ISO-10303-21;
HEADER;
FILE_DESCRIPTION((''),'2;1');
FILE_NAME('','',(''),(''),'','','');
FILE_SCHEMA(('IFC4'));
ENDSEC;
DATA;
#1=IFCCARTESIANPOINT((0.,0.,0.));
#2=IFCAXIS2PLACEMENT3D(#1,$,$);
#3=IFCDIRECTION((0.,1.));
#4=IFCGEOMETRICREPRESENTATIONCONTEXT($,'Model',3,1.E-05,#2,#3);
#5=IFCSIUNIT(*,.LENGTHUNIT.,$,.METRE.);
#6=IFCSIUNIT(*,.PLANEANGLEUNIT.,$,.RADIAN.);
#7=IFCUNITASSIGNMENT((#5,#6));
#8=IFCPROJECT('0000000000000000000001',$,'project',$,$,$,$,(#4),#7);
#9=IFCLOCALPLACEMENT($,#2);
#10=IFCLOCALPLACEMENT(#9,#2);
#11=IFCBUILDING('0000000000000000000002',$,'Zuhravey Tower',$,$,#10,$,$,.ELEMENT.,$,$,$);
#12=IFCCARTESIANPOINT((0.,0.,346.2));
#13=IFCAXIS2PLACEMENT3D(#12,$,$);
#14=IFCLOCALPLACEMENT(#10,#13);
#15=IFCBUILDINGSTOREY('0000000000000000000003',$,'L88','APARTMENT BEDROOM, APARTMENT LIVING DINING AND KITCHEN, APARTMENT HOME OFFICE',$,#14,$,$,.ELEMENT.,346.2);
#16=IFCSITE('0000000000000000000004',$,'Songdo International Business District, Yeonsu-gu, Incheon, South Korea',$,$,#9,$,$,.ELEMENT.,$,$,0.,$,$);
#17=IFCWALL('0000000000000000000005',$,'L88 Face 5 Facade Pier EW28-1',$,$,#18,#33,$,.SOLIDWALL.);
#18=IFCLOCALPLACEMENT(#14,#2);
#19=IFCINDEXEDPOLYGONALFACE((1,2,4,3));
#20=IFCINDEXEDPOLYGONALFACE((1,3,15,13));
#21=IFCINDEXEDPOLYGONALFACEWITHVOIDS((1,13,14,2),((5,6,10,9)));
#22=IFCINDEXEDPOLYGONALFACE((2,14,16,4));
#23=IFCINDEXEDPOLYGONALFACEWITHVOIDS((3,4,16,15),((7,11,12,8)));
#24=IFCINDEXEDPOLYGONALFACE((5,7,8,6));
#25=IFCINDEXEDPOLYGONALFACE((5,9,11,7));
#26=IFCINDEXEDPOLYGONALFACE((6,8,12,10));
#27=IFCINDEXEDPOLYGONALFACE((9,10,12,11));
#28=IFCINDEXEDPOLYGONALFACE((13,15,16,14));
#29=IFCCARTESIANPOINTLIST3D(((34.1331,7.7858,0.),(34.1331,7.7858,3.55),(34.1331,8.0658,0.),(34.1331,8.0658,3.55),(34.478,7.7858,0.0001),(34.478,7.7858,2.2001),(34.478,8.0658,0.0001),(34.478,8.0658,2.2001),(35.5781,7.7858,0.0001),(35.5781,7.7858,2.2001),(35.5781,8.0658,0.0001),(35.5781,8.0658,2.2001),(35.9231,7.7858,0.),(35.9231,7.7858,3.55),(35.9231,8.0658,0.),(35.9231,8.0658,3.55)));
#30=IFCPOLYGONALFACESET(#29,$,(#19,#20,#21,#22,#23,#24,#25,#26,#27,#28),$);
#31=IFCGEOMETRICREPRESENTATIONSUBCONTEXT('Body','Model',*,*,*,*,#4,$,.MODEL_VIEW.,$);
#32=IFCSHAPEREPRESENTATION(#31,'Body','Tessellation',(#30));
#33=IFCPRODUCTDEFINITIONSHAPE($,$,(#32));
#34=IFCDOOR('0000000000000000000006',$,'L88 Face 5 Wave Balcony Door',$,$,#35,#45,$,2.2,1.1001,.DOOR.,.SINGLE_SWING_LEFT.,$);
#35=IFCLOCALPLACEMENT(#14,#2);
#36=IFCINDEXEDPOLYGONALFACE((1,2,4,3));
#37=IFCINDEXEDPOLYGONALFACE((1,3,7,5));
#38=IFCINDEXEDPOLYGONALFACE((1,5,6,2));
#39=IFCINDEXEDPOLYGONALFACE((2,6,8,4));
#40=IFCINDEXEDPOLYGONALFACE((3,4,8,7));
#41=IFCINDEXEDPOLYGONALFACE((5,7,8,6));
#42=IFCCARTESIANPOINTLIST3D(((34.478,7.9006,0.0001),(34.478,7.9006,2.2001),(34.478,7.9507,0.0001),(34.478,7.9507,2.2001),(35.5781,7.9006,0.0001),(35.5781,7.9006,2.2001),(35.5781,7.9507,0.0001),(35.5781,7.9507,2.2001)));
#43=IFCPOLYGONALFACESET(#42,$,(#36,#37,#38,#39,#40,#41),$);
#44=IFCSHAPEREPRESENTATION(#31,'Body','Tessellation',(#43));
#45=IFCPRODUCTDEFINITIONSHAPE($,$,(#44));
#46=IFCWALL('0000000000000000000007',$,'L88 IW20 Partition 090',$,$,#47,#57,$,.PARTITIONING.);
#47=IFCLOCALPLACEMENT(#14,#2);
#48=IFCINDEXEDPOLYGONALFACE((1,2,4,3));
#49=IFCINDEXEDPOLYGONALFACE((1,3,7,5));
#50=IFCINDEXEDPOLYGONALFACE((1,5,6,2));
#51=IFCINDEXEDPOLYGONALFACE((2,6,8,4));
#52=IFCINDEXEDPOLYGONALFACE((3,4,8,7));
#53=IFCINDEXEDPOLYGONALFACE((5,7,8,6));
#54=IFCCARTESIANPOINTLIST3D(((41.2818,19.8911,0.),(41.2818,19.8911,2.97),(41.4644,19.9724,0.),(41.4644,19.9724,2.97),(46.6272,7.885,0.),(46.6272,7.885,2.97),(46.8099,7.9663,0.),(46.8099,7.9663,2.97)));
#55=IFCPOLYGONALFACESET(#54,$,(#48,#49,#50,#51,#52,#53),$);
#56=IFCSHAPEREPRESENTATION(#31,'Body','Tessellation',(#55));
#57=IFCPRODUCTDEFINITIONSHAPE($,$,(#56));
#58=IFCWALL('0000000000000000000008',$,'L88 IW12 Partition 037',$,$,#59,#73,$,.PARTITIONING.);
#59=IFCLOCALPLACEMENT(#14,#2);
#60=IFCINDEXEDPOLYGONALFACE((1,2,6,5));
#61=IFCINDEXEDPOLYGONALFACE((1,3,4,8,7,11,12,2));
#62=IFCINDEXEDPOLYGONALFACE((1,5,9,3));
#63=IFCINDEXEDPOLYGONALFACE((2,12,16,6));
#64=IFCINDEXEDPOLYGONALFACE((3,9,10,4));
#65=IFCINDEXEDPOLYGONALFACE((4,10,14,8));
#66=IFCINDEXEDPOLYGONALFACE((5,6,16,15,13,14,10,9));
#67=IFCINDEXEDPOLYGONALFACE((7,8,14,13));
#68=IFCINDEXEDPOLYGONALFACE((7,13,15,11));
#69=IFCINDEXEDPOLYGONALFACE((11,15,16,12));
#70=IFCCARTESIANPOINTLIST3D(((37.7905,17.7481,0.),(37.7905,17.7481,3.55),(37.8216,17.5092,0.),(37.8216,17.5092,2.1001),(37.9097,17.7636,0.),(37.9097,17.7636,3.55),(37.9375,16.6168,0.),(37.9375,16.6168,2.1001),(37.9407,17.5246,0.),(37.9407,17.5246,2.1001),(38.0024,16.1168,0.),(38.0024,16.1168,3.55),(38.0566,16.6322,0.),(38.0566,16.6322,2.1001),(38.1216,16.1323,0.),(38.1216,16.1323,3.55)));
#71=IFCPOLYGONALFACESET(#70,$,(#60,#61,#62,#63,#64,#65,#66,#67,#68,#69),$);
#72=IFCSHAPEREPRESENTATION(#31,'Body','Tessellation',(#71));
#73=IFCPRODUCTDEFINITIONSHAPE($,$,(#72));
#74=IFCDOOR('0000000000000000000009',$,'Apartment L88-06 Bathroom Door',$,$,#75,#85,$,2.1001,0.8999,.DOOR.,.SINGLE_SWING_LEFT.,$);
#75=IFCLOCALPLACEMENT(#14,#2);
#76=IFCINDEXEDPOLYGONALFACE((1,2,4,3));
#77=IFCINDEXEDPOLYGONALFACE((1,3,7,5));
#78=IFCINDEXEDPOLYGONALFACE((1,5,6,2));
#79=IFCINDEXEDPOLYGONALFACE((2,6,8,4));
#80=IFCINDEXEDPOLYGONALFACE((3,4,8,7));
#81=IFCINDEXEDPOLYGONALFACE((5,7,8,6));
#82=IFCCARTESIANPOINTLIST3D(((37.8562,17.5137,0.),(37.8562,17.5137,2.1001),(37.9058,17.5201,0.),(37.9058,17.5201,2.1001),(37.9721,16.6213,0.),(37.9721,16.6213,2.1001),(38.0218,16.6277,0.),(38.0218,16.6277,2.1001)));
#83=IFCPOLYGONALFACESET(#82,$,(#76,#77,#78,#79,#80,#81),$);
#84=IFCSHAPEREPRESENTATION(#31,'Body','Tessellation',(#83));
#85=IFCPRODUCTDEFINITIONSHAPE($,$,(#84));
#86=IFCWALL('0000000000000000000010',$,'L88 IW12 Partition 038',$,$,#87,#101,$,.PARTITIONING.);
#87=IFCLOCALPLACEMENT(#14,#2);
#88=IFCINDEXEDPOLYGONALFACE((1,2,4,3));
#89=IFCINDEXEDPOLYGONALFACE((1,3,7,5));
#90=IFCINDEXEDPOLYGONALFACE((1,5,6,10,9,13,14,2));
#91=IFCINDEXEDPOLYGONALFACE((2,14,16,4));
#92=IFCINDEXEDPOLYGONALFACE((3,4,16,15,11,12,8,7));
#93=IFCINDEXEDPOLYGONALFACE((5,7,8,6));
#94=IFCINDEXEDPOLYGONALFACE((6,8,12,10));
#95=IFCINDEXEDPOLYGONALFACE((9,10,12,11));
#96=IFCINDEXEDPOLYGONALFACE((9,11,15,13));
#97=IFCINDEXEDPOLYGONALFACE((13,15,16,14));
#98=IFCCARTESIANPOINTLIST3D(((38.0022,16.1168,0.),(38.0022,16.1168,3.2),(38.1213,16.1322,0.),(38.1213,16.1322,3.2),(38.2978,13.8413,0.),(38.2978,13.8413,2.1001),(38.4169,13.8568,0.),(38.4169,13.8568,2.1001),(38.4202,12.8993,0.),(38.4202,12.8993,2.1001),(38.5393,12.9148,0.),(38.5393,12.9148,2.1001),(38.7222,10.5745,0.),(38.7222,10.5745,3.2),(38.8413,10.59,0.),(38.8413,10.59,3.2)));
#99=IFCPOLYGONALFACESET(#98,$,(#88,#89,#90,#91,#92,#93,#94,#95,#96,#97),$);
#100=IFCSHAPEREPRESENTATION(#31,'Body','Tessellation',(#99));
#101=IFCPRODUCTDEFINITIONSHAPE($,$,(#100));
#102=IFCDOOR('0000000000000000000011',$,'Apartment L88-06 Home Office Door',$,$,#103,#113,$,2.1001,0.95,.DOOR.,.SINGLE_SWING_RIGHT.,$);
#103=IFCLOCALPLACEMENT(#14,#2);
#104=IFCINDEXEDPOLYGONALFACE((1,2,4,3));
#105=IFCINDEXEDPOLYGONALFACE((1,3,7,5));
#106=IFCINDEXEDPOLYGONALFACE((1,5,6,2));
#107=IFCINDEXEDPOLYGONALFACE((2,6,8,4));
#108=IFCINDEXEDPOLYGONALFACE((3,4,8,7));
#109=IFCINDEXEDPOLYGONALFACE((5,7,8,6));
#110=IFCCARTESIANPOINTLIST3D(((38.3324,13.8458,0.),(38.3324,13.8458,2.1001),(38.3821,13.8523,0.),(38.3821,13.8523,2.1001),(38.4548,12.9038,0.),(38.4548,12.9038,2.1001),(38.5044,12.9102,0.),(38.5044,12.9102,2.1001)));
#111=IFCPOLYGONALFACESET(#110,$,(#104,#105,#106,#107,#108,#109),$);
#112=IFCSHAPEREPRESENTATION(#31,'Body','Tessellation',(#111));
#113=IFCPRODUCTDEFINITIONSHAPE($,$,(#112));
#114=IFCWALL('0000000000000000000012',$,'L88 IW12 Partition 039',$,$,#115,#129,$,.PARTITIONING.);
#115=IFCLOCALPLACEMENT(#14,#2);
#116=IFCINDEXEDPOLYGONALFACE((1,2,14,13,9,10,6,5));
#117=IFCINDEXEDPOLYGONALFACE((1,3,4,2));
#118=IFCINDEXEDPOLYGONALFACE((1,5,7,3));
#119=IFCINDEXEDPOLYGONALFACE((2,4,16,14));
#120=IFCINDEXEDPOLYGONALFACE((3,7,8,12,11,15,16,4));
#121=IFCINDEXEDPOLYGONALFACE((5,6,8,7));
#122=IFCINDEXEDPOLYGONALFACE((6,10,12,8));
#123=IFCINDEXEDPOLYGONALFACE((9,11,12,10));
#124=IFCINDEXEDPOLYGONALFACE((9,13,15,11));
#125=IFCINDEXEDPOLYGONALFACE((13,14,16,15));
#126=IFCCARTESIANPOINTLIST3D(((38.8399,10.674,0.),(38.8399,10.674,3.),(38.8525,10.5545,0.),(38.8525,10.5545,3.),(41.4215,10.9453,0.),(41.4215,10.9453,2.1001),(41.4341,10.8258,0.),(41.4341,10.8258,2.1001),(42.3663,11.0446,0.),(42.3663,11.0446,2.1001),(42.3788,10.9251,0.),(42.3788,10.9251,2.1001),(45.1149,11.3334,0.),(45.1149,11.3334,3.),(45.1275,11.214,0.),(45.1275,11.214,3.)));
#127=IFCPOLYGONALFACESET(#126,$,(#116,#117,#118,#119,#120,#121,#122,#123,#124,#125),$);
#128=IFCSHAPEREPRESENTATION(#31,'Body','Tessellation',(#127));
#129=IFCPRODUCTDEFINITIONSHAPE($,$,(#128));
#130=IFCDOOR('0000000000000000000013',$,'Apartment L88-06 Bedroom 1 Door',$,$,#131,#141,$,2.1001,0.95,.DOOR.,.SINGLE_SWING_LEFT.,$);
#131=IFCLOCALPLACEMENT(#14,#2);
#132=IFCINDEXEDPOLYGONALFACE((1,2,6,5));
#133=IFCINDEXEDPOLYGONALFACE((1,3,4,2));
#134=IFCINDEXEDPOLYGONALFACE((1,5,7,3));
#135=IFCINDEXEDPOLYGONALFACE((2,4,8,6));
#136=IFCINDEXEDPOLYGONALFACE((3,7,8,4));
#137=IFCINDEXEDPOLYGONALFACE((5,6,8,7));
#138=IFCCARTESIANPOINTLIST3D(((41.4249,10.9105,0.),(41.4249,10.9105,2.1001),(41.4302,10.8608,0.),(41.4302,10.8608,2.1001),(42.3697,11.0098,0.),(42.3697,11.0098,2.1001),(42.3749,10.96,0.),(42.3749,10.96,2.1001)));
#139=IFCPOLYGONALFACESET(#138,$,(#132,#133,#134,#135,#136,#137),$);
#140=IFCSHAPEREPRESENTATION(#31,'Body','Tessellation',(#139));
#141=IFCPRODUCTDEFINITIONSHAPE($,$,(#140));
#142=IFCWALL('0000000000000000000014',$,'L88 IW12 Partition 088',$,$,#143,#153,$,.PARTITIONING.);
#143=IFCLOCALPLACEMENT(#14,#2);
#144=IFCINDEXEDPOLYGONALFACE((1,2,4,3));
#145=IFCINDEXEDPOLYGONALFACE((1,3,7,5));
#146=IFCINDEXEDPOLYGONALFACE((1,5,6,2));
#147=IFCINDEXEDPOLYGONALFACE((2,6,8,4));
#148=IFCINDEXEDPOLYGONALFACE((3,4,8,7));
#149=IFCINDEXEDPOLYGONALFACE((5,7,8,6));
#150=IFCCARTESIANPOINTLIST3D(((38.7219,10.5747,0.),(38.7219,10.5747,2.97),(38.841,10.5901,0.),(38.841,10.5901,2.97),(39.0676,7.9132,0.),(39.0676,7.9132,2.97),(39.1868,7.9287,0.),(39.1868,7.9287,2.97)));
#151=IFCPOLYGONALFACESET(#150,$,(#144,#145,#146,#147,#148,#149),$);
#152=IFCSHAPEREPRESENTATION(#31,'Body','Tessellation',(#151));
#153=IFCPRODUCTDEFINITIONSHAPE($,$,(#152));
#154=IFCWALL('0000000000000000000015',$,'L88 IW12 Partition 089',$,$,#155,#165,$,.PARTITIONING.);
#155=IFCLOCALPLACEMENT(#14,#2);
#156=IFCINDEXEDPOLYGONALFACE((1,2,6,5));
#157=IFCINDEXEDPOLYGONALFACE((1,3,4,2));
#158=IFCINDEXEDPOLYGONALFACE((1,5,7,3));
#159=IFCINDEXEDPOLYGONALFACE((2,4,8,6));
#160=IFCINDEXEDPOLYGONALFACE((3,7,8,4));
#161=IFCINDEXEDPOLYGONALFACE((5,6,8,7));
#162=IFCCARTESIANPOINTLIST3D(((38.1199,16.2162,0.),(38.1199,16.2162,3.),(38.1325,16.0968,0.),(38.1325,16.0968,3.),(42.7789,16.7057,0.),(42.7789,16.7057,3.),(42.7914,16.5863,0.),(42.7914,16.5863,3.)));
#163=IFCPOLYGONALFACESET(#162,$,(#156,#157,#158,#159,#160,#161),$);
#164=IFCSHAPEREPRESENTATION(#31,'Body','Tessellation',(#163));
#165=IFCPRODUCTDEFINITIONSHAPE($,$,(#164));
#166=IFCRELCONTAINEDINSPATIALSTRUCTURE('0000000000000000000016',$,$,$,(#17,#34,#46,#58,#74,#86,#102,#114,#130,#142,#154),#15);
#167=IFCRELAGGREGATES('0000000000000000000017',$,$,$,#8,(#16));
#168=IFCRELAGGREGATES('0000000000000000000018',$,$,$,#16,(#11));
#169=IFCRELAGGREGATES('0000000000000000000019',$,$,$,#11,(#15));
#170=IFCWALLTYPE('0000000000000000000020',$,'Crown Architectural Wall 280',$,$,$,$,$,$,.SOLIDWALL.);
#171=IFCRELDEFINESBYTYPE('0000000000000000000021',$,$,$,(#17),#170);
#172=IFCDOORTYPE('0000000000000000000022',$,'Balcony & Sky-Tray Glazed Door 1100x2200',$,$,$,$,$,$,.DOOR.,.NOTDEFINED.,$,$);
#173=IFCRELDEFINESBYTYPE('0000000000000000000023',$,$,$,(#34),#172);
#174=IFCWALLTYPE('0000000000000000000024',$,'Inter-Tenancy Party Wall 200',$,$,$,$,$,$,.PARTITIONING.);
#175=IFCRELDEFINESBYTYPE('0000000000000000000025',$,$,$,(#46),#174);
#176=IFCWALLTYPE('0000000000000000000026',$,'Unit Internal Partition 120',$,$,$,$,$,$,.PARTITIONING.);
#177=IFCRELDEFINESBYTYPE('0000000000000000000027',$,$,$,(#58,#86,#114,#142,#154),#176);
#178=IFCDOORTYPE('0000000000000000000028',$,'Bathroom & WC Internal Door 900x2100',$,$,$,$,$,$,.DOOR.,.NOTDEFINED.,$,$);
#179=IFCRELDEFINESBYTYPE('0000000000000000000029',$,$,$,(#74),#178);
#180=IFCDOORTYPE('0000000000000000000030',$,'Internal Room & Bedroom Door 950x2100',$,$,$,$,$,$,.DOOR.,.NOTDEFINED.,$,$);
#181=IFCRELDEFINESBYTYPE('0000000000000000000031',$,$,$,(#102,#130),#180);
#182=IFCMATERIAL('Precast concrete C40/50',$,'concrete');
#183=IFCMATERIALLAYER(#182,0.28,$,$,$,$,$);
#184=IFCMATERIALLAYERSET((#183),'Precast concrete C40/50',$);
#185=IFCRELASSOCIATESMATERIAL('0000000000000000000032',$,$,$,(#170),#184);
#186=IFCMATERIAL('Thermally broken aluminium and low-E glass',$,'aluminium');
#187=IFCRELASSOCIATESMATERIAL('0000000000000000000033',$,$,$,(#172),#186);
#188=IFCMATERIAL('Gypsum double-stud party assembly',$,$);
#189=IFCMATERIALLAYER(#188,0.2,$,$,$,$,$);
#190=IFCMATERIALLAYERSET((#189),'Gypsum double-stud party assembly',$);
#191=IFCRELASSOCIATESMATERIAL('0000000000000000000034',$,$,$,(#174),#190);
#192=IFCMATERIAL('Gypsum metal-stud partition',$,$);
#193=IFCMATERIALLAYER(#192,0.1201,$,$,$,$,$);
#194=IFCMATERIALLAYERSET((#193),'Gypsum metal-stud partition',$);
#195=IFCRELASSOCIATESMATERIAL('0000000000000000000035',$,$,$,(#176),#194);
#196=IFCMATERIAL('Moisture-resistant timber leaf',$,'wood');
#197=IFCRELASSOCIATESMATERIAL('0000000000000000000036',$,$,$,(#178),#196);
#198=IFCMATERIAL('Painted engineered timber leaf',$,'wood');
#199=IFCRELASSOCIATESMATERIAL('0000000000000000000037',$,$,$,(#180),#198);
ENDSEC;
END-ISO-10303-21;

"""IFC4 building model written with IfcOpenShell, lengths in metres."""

from ifc_helpers import new_model, si_unit, direction, frame, frame_2d, origin, place, context, subcontext, project, spatial, rectangle, extrude, material, layer, layer_set, type_object, element, fill, save


model = new_model("IFC4")

# Units and contexts
model_context = context("Model", 3, precision=1e-05, world=origin(), true_north=direction((0.0, 1.0)))
body_context = subcontext(model_context, "Body", "Model", "MODEL_VIEW")
ifc_project = project(units=[si_unit("LENGTHUNIT", "METRE"), si_unit("PLANEANGLEUNIT", "RADIAN")], contexts=[model_context])

# Site, building, storey
site_placement = place(None, origin())
site = spatial("IfcSite", under=ifc_project, at=site_placement, Name="Songdo International Business District, Yeonsu-gu, Incheon, South Korea", CompositionType="ELEMENT", RefElevation=0.0)
building_placement = place(site_placement, origin())
building = spatial("IfcBuilding", under=site, at=building_placement, Name="Zuhravey Tower", CompositionType="ELEMENT")
storey_placement = place(building_placement, frame((0.0, 0.0, 346.2)))
storey = spatial("IfcBuildingStorey", under=building, at=storey_placement, Name="L88", Description="APARTMENT BEDROOM, APARTMENT LIVING DINING AND KITCHEN, APARTMENT HOME OFFICE", CompositionType="ELEMENT", Elevation=346.2)

# Wall, opening, door
ifc_material_1 = material(Name="Precast concrete C40/50", Category="concrete")
ifc_layer_1 = layer(ifc_material_1, 0.28)
ifc_layer_set_1 = layer_set([ifc_layer_1], Name="Precast concrete C40/50")
wall_type_1 = type_object("IfcWallType", Name="Crown Architectural Wall 280", PredefinedType="SOLIDWALL", material=ifc_layer_set_1)
wall_1_placement = place(storey_placement, frame((35.9231, 7.9258, 0.0), z_axis=(0.0, 0.0, 1.0), x_axis=(-1.0, 0.0, 0.0)))
wall_1 = element("IfcWall", 1, at=wall_1_placement, inside=storey, type_object=wall_type_1, Name="L88 Face 5 Facade Pier EW28-1", PredefinedType="SOLIDWALL", context=body_context, shape_type="SweptSolid", body=[
    extrude(rectangle(XDim=1.79, YDim=0.28, at=frame_2d((0.895, 0.0))), origin(), (0.0, 0.0, 1.0), 3.55),
])
opening_1_placement = place(wall_1_placement, frame((0.345, 0.0, 0.0)))
opening_1 = element("IfcOpeningElement", 2, at=opening_1_placement, cuts=wall_1, PredefinedType="OPENING", context=body_context, shape_type="SweptSolid", body=[
    extrude(rectangle(XDim=1.1001, YDim=2.2, at=frame_2d((0.55, 1.1001))), frame((0.0, 0.1521, 0.0), z_axis=(0.0, -1.0, 0.0), x_axis=(1.0, 0.0, 0.0)), (0.0, 0.0, 1.0), 0.304),
])
ifc_material_2 = material(Name="Thermally broken aluminium and low-E glass", Category="aluminium")
door_type_1 = type_object("IfcDoorType", Name="Balcony & Sky-Tray Glazed Door 1100x2200", OperationType="NOTDEFINED", PredefinedType="DOOR", material=ifc_material_2)
door_1_placement = place(opening_1_placement, frame((1.1001, 0.0, 0.0), z_axis=(0.0, 0.0, 1.0), x_axis=(-1.0, 0.0, 0.0)))
door_1 = element("IfcDoor", 3, at=door_1_placement, inside=storey, type_object=door_type_1, Name="L88 Face 5 Wave Balcony Door", OperationType="SINGLE_SWING_LEFT", OverallHeight=2.2, OverallWidth=1.1001, PredefinedType="DOOR", context=body_context, shape_type="SweptSolid", body=[
    extrude(rectangle(XDim=1.1001, YDim=2.2, at=frame_2d((0.55, 1.1001))), frame((0.0, 0.0249, 0.0), z_axis=(0.0, -1.0, 0.0), x_axis=(1.0, 0.0, 0.0)), (0.0, 0.0, 1.0), 0.05),
])
fill(opening_1, door_1)

# Wall
ifc_material_3 = material(Name="Gypsum double-stud party assembly")
ifc_layer_2 = layer(ifc_material_3, 0.2)
ifc_layer_set_2 = layer_set([ifc_layer_2], Name="Gypsum double-stud party assembly")
wall_type_2 = type_object("IfcWallType", Name="Inter-Tenancy Party Wall 200", PredefinedType="PARTITIONING", material=ifc_layer_set_2)
wall_2_placement = place(storey_placement, frame((41.373, 19.9319, 0.0), z_axis=(0.0, 0.0, 1.0), x_axis=(0.406736, -0.913546, 0.0)))
element("IfcWall", 4, at=wall_2_placement, inside=storey, type_object=wall_type_2, Name="L88 IW20 Partition 090", PredefinedType="PARTITIONING", context=body_context, shape_type="SweptSolid", body=[
    extrude(rectangle(XDim=13.1423, YDim=0.2, at=frame_2d((6.5713, 0.0))), origin(), (0.0, 0.0, 1.0), 2.97),
])

# Walls, openings, doors
ifc_material_4 = material(Name="Gypsum metal-stud partition")
ifc_layer_3 = layer(ifc_material_4, 0.1201)
ifc_layer_set_3 = layer_set([ifc_layer_3], Name="Gypsum metal-stud partition")
wall_type_3 = type_object("IfcWallType", Name="Unit Internal Partition 120", PredefinedType="PARTITIONING", material=ifc_layer_set_3)
wall_3_placement = place(storey_placement, frame((37.8501, 17.7559, 0.0), z_axis=(0.0, 0.0, 1.0), x_axis=(0.128819, -0.991668, 0.0)))
wall_3 = element("IfcWall", 5, at=wall_3_placement, inside=storey, type_object=wall_type_3, Name="L88 IW12 Partition 037", PredefinedType="PARTITIONING", context=body_context, shape_type="SweptSolid", body=[
    extrude(rectangle(XDim=1.645, YDim=0.1201, at=frame_2d((0.8225, 0.0))), origin(), (0.0, 0.0, 1.0), 3.55),
])
opening_2_placement = place(wall_3_placement, frame((0.241, 0.0, 0.0)))
opening_2 = element("IfcOpeningElement", 6, at=opening_2_placement, cuts=wall_3, PredefinedType="OPENING", context=body_context, shape_type="SweptSolid", body=[
    extrude(rectangle(XDim=0.8999, YDim=2.1001, at=frame_2d((0.45, 1.05))), frame((0.0, 0.072, 0.0), z_axis=(0.0, -1.0, 0.0), x_axis=(1.0, 0.0, 0.0)), (0.0, 0.0, 1.0), 0.144),
])
ifc_material_5 = material(Name="Moisture-resistant timber leaf", Category="wood")
door_type_2 = type_object("IfcDoorType", Name="Bathroom & WC Internal Door 900x2100", OperationType="NOTDEFINED", PredefinedType="DOOR", material=ifc_material_5)
door_2_placement = place(opening_2_placement, origin())
door_2 = element("IfcDoor", 7, at=door_2_placement, inside=storey, type_object=door_type_2, Name="Apartment L88-06 Bathroom Door", OperationType="SINGLE_SWING_LEFT", OverallHeight=2.1001, OverallWidth=0.8999, PredefinedType="DOOR", context=body_context, shape_type="SweptSolid", body=[
    extrude(rectangle(XDim=0.8999, YDim=2.1001, at=frame_2d((0.45, 1.05))), frame((0.0, 0.0249, 0.0), z_axis=(0.0, -1.0, 0.0), x_axis=(1.0, 0.0, 0.0)), (0.0, 0.0, 1.0), 0.05),
])
fill(opening_2, door_2)
wall_4_placement = place(storey_placement, frame((38.0618, 16.1245, 0.0), z_axis=(0.0, 0.0, 1.0), x_axis=(0.128824, -0.991668, 0.0)))
wall_4 = element("IfcWall", 8, at=wall_4_placement, inside=storey, type_object=wall_type_3, Name="L88 IW12 Partition 038", PredefinedType="PARTITIONING", context=body_context, shape_type="SweptSolid", body=[
    extrude(rectangle(XDim=5.5889, YDim=0.1201, at=frame_2d((2.7944, 0.0))), origin(), (0.0, 0.0, 1.0), 3.2),
])
opening_3_placement = place(wall_4_placement, frame((2.2944, 0.0, 0.0)))
opening_3 = element("IfcOpeningElement", 9, at=opening_3_placement, cuts=wall_4, PredefinedType="OPENING", context=body_context, shape_type="SweptSolid", body=[
    extrude(rectangle(XDim=0.95, YDim=2.1001, at=frame_2d((0.4751, 1.05))), frame((0.0, 0.072, 0.0), z_axis=(0.0, -1.0, 0.0), x_axis=(1.0, 0.0, 0.0)), (0.0, 0.0, 1.0), 0.144),
])
ifc_material_6 = material(Name="Painted engineered timber leaf", Category="wood")
door_type_3 = type_object("IfcDoorType", Name="Internal Room & Bedroom Door 950x2100", OperationType="NOTDEFINED", PredefinedType="DOOR", material=ifc_material_6)
door_3_placement = place(opening_3_placement, origin())
door_3 = element("IfcDoor", 10, at=door_3_placement, inside=storey, type_object=door_type_3, Name="Apartment L88-06 Home Office Door", OperationType="SINGLE_SWING_RIGHT", OverallHeight=2.1001, OverallWidth=0.95, PredefinedType="DOOR", context=body_context, shape_type="SweptSolid", body=[
    extrude(rectangle(XDim=0.95, YDim=2.1001, at=frame_2d((0.4751, 1.05))), frame((0.0, 0.0249, 0.0), z_axis=(0.0, -1.0, 0.0), x_axis=(1.0, 0.0, 0.0)), (0.0, 0.0, 1.0), 0.05),
])
fill(opening_3, door_3)
wall_5_placement = place(storey_placement, frame((38.8462, 10.6143, 0.0), z_axis=(0.0, 0.0, 1.0), x_axis=(0.994523, 0.104514, 0.0)))
wall_5 = element("IfcWall", 11, at=wall_5_placement, inside=storey, type_object=wall_type_3, Name="L88 IW12 Partition 039", PredefinedType="PARTITIONING", context=body_context, shape_type="SweptSolid", body=[
    extrude(rectangle(XDim=6.3096, YDim=0.1201, at=frame_2d((3.1548, 0.0))), origin(), (0.0, 0.0, 1.0), 3.0),
])
opening_4_placement = place(wall_5_placement, frame((2.5957, 0.0, 0.0)))
opening_4 = element("IfcOpeningElement", 12, at=opening_4_placement, cuts=wall_5, PredefinedType="OPENING", context=body_context, shape_type="SweptSolid", body=[
    extrude(rectangle(XDim=0.95, YDim=2.1001, at=frame_2d((0.4751, 1.05))), frame((0.0, 0.072, 0.0), z_axis=(0.0, -1.0, 0.0), x_axis=(1.0, 0.0, 0.0)), (0.0, 0.0, 1.0), 0.144),
])
door_4_placement = place(opening_4_placement, frame((0.95, 0.0, 0.0), z_axis=(0.0, 0.0, 1.0), x_axis=(-1.0, 0.0, 0.0)))
door_4 = element("IfcDoor", 13, at=door_4_placement, inside=storey, type_object=door_type_3, Name="Apartment L88-06 Bedroom 1 Door", OperationType="SINGLE_SWING_LEFT", OverallHeight=2.1001, OverallWidth=0.95, PredefinedType="DOOR", context=body_context, shape_type="SweptSolid", body=[
    extrude(rectangle(XDim=0.95, YDim=2.1001, at=frame_2d((0.4751, 1.05))), frame((0.0, 0.0249, 0.0), z_axis=(0.0, -1.0, 0.0), x_axis=(1.0, 0.0, 0.0)), (0.0, 0.0, 1.0), 0.05),
])
fill(opening_4, door_4)

# Walls
wall_6_placement = place(storey_placement, frame((38.7815, 10.5823, 0.0), z_axis=(0.0, 0.0, 1.0), x_axis=(0.128814, -0.991669, 0.0)))
element("IfcWall", 14, at=wall_6_placement, inside=storey, type_object=wall_type_3, Name="L88 IW12 Partition 088", PredefinedType="PARTITIONING", context=body_context, shape_type="SweptSolid", body=[
    extrude(rectangle(XDim=2.6838, YDim=0.1201, at=frame_2d((1.3418, 0.0))), origin(), (0.0, 0.0, 1.0), 2.97),
])
wall_7_placement = place(storey_placement, frame((38.1262, 16.1565, 0.0), z_axis=(0.0, 0.0, 1.0), x_axis=(0.994526, 0.104492, 0.0)))
element("IfcWall", 15, at=wall_7_placement, inside=storey, type_object=wall_type_3, Name="L88 IW12 Partition 089", PredefinedType="PARTITIONING", context=body_context, shape_type="SweptSolid", body=[
    extrude(rectangle(XDim=4.6846, YDim=0.1201, at=frame_2d((2.3423, 0.0))), origin(), (0.0, 0.0, 1.0), 3.0),
])

save(model, "model.ifc")
